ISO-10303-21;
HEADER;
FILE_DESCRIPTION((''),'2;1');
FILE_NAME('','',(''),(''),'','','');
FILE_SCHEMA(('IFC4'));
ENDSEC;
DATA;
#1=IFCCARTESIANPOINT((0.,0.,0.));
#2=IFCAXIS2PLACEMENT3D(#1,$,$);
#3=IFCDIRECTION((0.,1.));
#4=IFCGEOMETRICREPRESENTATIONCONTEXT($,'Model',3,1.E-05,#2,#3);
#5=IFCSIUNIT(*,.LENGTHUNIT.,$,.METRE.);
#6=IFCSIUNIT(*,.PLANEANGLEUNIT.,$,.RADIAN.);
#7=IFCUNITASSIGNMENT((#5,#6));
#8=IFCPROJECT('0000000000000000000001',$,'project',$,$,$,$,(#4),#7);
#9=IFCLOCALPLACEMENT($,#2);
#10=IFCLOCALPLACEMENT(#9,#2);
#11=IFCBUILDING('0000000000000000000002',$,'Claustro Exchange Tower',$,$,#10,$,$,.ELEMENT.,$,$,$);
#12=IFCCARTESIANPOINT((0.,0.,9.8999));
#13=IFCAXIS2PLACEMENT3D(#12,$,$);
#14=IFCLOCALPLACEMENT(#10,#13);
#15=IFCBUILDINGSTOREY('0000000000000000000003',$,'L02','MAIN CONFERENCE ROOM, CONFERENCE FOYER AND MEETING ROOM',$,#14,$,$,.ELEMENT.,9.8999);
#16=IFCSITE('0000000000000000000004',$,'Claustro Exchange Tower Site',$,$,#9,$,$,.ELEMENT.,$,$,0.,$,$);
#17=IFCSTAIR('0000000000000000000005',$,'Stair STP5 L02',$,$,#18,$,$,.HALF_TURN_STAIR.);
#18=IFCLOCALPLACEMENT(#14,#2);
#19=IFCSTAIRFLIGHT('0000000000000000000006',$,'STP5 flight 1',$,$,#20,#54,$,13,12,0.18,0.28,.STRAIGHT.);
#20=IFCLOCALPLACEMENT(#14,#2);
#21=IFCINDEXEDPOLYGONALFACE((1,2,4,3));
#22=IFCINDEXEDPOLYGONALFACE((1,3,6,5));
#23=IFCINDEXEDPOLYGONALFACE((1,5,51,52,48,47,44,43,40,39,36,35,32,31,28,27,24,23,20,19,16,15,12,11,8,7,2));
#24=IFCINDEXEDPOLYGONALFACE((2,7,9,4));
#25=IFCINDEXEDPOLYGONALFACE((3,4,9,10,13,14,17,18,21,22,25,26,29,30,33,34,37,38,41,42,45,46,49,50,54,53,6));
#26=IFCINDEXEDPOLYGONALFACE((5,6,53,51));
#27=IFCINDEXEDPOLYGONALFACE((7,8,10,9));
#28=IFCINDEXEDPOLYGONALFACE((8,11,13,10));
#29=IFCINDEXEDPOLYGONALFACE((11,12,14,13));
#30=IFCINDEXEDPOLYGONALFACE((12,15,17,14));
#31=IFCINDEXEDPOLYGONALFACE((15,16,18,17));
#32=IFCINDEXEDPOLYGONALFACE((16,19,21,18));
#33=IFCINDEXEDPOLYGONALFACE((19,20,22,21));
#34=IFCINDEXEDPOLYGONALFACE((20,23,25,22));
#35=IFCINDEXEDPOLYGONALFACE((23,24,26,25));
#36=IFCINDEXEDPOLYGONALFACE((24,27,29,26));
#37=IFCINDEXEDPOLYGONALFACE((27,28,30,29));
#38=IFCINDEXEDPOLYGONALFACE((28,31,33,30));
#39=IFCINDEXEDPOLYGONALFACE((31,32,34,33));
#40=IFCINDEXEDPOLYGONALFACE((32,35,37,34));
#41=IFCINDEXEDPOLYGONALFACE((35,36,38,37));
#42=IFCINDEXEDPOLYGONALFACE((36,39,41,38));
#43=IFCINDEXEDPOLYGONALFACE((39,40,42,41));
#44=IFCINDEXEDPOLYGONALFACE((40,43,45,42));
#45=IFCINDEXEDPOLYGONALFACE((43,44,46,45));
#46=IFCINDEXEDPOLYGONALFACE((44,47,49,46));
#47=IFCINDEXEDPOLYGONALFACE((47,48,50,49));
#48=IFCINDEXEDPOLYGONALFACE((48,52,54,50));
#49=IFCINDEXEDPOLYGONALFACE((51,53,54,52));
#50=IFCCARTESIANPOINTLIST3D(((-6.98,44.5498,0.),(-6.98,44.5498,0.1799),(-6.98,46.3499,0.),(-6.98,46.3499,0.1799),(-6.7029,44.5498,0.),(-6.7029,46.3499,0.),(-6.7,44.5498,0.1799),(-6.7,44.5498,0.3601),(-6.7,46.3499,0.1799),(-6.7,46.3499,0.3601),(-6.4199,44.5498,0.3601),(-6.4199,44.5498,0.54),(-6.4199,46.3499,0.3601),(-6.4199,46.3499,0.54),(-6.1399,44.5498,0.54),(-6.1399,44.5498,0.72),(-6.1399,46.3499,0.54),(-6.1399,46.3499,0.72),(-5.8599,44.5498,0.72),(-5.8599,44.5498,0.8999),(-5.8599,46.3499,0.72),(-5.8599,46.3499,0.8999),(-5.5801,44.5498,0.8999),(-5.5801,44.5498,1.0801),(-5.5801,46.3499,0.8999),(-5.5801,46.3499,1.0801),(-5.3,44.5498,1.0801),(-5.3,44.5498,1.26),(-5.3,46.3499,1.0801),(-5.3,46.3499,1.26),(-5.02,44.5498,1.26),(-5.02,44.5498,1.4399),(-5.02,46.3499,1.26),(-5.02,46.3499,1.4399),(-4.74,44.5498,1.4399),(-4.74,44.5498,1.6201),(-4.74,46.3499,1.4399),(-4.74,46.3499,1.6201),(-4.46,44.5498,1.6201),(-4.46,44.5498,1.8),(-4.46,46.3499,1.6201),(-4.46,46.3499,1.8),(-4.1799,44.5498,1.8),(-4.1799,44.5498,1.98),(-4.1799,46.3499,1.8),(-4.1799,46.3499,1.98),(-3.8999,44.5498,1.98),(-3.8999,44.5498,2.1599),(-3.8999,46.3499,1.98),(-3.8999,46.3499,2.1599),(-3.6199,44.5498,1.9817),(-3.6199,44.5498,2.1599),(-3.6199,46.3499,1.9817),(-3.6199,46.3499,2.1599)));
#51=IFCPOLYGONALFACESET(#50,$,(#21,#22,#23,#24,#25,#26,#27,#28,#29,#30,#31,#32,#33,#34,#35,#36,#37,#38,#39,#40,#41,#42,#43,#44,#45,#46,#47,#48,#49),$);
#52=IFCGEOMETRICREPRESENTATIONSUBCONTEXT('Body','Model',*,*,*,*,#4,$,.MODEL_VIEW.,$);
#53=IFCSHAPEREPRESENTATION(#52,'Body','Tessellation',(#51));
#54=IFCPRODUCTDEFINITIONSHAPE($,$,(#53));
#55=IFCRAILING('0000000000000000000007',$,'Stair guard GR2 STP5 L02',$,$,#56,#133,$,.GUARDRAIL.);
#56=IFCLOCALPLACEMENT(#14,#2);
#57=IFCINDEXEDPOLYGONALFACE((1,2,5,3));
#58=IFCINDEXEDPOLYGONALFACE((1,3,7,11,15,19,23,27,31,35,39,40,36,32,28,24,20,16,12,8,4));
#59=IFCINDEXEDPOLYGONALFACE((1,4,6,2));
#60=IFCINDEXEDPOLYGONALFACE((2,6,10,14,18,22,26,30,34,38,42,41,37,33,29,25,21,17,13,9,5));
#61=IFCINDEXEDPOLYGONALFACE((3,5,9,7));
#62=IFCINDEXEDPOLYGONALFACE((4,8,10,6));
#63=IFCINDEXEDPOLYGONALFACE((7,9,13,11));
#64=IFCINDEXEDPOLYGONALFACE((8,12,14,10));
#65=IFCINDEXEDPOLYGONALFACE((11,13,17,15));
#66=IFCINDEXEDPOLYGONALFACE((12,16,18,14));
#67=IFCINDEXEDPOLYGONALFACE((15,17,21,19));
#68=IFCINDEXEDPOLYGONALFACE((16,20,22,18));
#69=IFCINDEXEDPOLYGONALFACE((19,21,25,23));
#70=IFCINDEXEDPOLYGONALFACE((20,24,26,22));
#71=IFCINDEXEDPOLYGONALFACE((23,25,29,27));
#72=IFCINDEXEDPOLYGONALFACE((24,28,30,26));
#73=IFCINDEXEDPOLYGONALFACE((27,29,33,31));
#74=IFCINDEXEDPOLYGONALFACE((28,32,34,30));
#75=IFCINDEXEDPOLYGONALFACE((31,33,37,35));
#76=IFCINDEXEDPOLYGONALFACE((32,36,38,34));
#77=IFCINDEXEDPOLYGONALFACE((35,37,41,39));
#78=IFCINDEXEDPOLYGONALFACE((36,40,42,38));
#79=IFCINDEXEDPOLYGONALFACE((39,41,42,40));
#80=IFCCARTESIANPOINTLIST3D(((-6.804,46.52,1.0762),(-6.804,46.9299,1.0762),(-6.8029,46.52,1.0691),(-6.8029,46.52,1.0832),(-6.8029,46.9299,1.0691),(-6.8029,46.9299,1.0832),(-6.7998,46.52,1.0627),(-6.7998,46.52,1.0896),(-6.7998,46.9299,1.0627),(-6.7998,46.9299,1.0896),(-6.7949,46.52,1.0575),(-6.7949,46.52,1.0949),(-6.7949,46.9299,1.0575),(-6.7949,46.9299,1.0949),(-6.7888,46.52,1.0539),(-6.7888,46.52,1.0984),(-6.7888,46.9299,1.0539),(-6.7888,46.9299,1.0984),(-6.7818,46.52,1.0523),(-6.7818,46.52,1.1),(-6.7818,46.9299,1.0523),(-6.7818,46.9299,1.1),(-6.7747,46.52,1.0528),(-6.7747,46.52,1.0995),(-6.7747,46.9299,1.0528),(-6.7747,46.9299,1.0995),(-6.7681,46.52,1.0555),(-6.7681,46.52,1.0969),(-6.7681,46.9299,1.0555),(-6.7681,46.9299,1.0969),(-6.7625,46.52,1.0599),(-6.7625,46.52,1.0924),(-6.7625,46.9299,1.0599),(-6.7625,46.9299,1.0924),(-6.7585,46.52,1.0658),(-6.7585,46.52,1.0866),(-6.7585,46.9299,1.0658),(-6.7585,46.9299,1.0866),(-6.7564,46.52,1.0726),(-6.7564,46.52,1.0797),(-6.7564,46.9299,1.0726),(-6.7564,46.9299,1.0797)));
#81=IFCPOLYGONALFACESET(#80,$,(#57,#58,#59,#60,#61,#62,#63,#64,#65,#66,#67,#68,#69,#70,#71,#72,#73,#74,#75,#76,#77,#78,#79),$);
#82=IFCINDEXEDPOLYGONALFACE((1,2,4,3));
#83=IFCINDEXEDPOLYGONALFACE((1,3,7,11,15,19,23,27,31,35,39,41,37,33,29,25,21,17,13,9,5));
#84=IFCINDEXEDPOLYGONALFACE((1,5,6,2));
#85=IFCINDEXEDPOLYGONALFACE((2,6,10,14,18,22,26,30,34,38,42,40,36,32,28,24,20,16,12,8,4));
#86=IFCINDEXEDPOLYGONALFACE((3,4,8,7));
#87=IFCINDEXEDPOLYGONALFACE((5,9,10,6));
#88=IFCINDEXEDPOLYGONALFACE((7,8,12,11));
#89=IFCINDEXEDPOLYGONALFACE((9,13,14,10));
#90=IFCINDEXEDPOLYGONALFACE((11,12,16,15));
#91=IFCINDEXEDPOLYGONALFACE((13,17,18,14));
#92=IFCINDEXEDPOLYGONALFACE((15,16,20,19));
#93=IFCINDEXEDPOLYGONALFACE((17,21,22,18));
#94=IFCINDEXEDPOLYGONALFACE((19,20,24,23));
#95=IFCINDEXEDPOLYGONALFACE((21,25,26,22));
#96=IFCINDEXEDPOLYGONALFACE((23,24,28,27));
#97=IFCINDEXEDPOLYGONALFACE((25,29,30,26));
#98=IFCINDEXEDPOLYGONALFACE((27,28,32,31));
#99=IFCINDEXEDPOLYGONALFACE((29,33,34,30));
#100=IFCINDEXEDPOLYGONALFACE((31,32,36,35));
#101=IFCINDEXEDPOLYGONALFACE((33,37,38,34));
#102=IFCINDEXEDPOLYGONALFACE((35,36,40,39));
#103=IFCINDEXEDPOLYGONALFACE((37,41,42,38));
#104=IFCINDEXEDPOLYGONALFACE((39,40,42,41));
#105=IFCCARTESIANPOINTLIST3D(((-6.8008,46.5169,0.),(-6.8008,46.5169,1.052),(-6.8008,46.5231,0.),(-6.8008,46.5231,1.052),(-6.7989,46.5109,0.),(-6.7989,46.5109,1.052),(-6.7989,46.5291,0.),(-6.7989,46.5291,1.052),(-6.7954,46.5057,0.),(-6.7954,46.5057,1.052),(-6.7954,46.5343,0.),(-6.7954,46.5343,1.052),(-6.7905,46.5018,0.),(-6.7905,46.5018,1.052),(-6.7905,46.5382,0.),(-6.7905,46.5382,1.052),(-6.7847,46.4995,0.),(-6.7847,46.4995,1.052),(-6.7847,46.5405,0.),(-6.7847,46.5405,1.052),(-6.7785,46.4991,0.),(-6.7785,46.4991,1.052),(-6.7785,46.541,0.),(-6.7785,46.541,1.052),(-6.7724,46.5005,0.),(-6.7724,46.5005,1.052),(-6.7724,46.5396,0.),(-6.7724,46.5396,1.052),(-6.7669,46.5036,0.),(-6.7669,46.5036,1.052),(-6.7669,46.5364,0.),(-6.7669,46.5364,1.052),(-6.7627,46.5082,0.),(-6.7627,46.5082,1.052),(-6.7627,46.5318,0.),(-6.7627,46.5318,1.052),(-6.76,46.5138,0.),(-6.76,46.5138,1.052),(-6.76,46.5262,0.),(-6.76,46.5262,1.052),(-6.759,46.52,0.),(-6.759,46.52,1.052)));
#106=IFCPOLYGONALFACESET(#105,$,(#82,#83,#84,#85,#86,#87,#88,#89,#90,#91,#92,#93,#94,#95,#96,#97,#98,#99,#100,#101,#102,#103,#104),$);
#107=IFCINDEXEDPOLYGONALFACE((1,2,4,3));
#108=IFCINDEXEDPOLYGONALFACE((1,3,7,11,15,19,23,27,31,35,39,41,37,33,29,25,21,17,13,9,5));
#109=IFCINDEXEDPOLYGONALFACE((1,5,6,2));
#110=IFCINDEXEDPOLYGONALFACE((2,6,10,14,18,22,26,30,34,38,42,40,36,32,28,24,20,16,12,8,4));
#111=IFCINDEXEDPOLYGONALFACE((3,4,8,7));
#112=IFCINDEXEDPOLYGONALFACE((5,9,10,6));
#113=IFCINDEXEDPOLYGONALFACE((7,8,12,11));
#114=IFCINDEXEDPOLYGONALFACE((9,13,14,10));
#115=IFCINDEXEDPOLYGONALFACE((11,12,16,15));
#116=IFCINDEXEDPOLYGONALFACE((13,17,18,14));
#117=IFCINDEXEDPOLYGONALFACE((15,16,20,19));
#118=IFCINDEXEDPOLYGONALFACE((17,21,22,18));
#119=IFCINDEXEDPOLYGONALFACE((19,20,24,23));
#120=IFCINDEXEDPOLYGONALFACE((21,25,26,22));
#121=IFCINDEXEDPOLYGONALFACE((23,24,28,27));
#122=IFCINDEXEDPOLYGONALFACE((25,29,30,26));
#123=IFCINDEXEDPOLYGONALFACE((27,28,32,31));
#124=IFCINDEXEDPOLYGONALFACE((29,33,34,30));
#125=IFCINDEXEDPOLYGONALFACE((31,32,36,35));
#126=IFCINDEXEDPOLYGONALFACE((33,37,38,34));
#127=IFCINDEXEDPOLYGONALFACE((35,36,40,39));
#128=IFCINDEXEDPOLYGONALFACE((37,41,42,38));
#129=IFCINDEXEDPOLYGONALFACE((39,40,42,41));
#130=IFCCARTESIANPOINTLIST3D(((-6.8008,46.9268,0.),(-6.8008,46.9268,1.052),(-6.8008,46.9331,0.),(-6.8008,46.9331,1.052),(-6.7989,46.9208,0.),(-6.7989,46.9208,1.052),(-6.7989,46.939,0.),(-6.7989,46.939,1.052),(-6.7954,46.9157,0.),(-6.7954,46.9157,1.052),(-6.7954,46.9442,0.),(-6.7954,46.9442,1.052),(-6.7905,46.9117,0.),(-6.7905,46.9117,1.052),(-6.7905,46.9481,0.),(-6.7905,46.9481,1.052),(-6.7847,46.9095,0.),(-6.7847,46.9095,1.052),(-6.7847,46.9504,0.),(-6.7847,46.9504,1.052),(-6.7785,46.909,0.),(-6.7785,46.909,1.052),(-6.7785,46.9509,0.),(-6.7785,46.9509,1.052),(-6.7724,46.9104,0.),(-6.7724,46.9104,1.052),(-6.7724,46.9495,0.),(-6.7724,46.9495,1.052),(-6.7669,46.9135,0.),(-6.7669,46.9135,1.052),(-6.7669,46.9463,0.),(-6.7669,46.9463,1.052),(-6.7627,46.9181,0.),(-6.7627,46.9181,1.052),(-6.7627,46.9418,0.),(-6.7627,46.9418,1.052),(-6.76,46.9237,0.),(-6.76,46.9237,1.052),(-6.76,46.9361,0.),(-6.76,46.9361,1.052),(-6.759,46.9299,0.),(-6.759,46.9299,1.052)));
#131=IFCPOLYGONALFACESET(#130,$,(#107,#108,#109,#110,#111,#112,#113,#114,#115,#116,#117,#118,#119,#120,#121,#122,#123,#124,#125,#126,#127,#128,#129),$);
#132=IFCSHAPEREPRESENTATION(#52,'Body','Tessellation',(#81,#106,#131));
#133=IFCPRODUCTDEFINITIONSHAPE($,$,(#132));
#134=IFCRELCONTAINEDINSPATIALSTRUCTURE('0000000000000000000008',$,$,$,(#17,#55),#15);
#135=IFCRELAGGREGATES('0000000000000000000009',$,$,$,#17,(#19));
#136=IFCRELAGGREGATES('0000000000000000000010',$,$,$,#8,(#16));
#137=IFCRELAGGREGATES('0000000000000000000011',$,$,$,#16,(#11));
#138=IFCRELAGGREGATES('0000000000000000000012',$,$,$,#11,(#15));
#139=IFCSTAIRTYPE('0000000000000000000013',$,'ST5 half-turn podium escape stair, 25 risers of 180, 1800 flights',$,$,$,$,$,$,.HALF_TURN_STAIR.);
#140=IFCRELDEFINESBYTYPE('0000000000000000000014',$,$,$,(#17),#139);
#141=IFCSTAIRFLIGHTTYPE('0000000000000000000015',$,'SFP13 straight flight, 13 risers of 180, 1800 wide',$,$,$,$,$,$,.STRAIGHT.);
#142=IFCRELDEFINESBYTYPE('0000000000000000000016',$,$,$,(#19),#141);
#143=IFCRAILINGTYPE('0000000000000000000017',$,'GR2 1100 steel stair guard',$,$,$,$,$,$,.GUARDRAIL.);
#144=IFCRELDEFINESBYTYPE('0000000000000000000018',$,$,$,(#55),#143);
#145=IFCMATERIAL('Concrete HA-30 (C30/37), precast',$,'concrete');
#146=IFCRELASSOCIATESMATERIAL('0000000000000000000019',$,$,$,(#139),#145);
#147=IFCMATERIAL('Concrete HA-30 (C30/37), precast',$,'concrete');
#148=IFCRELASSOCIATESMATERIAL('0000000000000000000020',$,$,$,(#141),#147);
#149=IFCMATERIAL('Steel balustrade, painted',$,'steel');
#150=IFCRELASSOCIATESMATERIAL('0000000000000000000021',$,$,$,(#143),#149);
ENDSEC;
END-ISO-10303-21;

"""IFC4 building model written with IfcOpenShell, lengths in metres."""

from ifc_helpers import new_model, si_unit, direction, frame, origin, origin_2d, place, context, subcontext, project, spatial, polyline, circle, outline, extrude, material, type_object, element, aggregate, save


model = new_model("IFC4")

# Units and contexts
model_context = context("Model", 3, precision=1e-05, world=origin(), true_north=direction((0.0, 1.0)))
body_context = subcontext(model_context, "Body", "Model", "MODEL_VIEW")
ifc_project = project(units=[si_unit("LENGTHUNIT", "METRE"), si_unit("PLANEANGLEUNIT", "RADIAN")], contexts=[model_context])

# Site, building, storey
site_placement = place(None, origin())
site = spatial("IfcSite", under=ifc_project, at=site_placement, Name="Claustro Exchange Tower Site", CompositionType="ELEMENT", RefElevation=0.0)
building_placement = place(site_placement, origin())
building = spatial("IfcBuilding", under=site, at=building_placement, Name="Claustro Exchange Tower", CompositionType="ELEMENT")
storey_placement = place(building_placement, frame((0.0, 0.0, 9.8999)))
storey = spatial("IfcBuildingStorey", under=building, at=storey_placement, Name="L02", Description="MAIN CONFERENCE ROOM, CONFERENCE FOYER AND MEETING ROOM", CompositionType="ELEMENT", Elevation=9.8999)

# Stair, stair flight
ifc_material_1 = material(Name="Concrete HA-30 (C30/37), precast", Category="concrete")
stair_type = type_object("IfcStairType", Name="ST5 half-turn podium escape stair, 25 risers of 180, 1800 flights", PredefinedType="HALF_TURN_STAIR", material=ifc_material_1)
stair_placement = place(storey_placement, origin())
stair = element("IfcStair", 1, at=stair_placement, inside=storey, type_object=stair_type, Name="Stair STP5 L02", PredefinedType="HALF_TURN_STAIR")
ifc_material_2 = material(Name="Concrete HA-30 (C30/37), precast", Category="concrete")
stair_flight_type_1 = type_object("IfcStairFlightType", Name="SFP13 straight flight, 13 risers of 180, 1800 wide", PredefinedType="STRAIGHT", material=ifc_material_2)
stair_flight_1_placement = place(storey_placement, frame((-6.98, 45.45, 0.0), z_axis=(0.0, 0.0, 1.0), x_axis=(1.0, 0.0, 0.0)))
stair_flight_1 = element("IfcStairFlight", 2, at=stair_flight_1_placement, type_object=stair_flight_type_1, Name="STP5 flight 1", NumberOfRisers=13, NumberOfTreads=12, PredefinedType="STRAIGHT", RiserHeight=0.18, TreadLength=0.28, context=body_context, shape_type="SweptSolid", body=[
    extrude(outline(polyline([(0.0, 0.0), (0.0, 0.1799), (0.28, 0.1799), (0.28, 0.3601), (0.5601, 0.3601), (0.5601, 0.54), (0.8401, 0.54), (0.8401, 0.72), (1.1201, 0.72), (1.1201, 0.8999), (1.3999, 0.8999), (1.3999, 1.0801), (1.6799, 1.0801), (1.6799, 1.26), (1.96, 1.26), (1.96, 1.4399), (2.24, 1.4399), (2.24, 1.6201), (2.52, 1.6201), (2.52, 1.8), (2.8, 1.8), (2.8, 1.98), (3.0801, 1.98), (3.0801, 2.1599), (3.3601, 2.1599), (3.3601, 2.3401), (3.3601, 1.9817), (0.2771, 0.0), (0.0, 0.0)])), frame((0.0, 0.8999, 0.0), z_axis=(0.0, -1.0, 0.0), x_axis=(1.0, 0.0, 0.0)), (0.0, 0.0, 1.0), 1.8),
])
aggregate(stair, [stair_flight_1])

# Railing
ifc_material_3 = material(Name="Steel balustrade, painted", Category="steel")
railing_type_1 = type_object("IfcRailingType", Name="GR2 1100 steel stair guard", PredefinedType="GUARDRAIL", material=ifc_material_3)
railing_1_placement = place(storey_placement, frame((-6.78, 46.52, 0.0)))
element("IfcRailing", 3, at=railing_1_placement, inside=storey, type_object=railing_type_1, Name="Stair guard GR2 STP5 L02", PredefinedType="GUARDRAIL", context=body_context, shape_type="SweptSolid", body=[
    extrude(circle(Radius=0.0239, at=origin_2d()), frame((0.0, 0.0, 1.0762), z_axis=(0.0, 1.0, 0.0), x_axis=(-1.0, 0.0, 0.0)), (0.0, 0.0, 1.0), 0.4099),
    extrude(circle(Radius=0.021, at=origin_2d()), origin(), (0.0, 0.0, 1.0), 1.052),
    extrude(circle(Radius=0.021, at=origin_2d()), frame((0.0, 0.4099, 0.0)), (0.0, 0.0, 1.0), 1.052),
])

save(model, "model.ifc")
